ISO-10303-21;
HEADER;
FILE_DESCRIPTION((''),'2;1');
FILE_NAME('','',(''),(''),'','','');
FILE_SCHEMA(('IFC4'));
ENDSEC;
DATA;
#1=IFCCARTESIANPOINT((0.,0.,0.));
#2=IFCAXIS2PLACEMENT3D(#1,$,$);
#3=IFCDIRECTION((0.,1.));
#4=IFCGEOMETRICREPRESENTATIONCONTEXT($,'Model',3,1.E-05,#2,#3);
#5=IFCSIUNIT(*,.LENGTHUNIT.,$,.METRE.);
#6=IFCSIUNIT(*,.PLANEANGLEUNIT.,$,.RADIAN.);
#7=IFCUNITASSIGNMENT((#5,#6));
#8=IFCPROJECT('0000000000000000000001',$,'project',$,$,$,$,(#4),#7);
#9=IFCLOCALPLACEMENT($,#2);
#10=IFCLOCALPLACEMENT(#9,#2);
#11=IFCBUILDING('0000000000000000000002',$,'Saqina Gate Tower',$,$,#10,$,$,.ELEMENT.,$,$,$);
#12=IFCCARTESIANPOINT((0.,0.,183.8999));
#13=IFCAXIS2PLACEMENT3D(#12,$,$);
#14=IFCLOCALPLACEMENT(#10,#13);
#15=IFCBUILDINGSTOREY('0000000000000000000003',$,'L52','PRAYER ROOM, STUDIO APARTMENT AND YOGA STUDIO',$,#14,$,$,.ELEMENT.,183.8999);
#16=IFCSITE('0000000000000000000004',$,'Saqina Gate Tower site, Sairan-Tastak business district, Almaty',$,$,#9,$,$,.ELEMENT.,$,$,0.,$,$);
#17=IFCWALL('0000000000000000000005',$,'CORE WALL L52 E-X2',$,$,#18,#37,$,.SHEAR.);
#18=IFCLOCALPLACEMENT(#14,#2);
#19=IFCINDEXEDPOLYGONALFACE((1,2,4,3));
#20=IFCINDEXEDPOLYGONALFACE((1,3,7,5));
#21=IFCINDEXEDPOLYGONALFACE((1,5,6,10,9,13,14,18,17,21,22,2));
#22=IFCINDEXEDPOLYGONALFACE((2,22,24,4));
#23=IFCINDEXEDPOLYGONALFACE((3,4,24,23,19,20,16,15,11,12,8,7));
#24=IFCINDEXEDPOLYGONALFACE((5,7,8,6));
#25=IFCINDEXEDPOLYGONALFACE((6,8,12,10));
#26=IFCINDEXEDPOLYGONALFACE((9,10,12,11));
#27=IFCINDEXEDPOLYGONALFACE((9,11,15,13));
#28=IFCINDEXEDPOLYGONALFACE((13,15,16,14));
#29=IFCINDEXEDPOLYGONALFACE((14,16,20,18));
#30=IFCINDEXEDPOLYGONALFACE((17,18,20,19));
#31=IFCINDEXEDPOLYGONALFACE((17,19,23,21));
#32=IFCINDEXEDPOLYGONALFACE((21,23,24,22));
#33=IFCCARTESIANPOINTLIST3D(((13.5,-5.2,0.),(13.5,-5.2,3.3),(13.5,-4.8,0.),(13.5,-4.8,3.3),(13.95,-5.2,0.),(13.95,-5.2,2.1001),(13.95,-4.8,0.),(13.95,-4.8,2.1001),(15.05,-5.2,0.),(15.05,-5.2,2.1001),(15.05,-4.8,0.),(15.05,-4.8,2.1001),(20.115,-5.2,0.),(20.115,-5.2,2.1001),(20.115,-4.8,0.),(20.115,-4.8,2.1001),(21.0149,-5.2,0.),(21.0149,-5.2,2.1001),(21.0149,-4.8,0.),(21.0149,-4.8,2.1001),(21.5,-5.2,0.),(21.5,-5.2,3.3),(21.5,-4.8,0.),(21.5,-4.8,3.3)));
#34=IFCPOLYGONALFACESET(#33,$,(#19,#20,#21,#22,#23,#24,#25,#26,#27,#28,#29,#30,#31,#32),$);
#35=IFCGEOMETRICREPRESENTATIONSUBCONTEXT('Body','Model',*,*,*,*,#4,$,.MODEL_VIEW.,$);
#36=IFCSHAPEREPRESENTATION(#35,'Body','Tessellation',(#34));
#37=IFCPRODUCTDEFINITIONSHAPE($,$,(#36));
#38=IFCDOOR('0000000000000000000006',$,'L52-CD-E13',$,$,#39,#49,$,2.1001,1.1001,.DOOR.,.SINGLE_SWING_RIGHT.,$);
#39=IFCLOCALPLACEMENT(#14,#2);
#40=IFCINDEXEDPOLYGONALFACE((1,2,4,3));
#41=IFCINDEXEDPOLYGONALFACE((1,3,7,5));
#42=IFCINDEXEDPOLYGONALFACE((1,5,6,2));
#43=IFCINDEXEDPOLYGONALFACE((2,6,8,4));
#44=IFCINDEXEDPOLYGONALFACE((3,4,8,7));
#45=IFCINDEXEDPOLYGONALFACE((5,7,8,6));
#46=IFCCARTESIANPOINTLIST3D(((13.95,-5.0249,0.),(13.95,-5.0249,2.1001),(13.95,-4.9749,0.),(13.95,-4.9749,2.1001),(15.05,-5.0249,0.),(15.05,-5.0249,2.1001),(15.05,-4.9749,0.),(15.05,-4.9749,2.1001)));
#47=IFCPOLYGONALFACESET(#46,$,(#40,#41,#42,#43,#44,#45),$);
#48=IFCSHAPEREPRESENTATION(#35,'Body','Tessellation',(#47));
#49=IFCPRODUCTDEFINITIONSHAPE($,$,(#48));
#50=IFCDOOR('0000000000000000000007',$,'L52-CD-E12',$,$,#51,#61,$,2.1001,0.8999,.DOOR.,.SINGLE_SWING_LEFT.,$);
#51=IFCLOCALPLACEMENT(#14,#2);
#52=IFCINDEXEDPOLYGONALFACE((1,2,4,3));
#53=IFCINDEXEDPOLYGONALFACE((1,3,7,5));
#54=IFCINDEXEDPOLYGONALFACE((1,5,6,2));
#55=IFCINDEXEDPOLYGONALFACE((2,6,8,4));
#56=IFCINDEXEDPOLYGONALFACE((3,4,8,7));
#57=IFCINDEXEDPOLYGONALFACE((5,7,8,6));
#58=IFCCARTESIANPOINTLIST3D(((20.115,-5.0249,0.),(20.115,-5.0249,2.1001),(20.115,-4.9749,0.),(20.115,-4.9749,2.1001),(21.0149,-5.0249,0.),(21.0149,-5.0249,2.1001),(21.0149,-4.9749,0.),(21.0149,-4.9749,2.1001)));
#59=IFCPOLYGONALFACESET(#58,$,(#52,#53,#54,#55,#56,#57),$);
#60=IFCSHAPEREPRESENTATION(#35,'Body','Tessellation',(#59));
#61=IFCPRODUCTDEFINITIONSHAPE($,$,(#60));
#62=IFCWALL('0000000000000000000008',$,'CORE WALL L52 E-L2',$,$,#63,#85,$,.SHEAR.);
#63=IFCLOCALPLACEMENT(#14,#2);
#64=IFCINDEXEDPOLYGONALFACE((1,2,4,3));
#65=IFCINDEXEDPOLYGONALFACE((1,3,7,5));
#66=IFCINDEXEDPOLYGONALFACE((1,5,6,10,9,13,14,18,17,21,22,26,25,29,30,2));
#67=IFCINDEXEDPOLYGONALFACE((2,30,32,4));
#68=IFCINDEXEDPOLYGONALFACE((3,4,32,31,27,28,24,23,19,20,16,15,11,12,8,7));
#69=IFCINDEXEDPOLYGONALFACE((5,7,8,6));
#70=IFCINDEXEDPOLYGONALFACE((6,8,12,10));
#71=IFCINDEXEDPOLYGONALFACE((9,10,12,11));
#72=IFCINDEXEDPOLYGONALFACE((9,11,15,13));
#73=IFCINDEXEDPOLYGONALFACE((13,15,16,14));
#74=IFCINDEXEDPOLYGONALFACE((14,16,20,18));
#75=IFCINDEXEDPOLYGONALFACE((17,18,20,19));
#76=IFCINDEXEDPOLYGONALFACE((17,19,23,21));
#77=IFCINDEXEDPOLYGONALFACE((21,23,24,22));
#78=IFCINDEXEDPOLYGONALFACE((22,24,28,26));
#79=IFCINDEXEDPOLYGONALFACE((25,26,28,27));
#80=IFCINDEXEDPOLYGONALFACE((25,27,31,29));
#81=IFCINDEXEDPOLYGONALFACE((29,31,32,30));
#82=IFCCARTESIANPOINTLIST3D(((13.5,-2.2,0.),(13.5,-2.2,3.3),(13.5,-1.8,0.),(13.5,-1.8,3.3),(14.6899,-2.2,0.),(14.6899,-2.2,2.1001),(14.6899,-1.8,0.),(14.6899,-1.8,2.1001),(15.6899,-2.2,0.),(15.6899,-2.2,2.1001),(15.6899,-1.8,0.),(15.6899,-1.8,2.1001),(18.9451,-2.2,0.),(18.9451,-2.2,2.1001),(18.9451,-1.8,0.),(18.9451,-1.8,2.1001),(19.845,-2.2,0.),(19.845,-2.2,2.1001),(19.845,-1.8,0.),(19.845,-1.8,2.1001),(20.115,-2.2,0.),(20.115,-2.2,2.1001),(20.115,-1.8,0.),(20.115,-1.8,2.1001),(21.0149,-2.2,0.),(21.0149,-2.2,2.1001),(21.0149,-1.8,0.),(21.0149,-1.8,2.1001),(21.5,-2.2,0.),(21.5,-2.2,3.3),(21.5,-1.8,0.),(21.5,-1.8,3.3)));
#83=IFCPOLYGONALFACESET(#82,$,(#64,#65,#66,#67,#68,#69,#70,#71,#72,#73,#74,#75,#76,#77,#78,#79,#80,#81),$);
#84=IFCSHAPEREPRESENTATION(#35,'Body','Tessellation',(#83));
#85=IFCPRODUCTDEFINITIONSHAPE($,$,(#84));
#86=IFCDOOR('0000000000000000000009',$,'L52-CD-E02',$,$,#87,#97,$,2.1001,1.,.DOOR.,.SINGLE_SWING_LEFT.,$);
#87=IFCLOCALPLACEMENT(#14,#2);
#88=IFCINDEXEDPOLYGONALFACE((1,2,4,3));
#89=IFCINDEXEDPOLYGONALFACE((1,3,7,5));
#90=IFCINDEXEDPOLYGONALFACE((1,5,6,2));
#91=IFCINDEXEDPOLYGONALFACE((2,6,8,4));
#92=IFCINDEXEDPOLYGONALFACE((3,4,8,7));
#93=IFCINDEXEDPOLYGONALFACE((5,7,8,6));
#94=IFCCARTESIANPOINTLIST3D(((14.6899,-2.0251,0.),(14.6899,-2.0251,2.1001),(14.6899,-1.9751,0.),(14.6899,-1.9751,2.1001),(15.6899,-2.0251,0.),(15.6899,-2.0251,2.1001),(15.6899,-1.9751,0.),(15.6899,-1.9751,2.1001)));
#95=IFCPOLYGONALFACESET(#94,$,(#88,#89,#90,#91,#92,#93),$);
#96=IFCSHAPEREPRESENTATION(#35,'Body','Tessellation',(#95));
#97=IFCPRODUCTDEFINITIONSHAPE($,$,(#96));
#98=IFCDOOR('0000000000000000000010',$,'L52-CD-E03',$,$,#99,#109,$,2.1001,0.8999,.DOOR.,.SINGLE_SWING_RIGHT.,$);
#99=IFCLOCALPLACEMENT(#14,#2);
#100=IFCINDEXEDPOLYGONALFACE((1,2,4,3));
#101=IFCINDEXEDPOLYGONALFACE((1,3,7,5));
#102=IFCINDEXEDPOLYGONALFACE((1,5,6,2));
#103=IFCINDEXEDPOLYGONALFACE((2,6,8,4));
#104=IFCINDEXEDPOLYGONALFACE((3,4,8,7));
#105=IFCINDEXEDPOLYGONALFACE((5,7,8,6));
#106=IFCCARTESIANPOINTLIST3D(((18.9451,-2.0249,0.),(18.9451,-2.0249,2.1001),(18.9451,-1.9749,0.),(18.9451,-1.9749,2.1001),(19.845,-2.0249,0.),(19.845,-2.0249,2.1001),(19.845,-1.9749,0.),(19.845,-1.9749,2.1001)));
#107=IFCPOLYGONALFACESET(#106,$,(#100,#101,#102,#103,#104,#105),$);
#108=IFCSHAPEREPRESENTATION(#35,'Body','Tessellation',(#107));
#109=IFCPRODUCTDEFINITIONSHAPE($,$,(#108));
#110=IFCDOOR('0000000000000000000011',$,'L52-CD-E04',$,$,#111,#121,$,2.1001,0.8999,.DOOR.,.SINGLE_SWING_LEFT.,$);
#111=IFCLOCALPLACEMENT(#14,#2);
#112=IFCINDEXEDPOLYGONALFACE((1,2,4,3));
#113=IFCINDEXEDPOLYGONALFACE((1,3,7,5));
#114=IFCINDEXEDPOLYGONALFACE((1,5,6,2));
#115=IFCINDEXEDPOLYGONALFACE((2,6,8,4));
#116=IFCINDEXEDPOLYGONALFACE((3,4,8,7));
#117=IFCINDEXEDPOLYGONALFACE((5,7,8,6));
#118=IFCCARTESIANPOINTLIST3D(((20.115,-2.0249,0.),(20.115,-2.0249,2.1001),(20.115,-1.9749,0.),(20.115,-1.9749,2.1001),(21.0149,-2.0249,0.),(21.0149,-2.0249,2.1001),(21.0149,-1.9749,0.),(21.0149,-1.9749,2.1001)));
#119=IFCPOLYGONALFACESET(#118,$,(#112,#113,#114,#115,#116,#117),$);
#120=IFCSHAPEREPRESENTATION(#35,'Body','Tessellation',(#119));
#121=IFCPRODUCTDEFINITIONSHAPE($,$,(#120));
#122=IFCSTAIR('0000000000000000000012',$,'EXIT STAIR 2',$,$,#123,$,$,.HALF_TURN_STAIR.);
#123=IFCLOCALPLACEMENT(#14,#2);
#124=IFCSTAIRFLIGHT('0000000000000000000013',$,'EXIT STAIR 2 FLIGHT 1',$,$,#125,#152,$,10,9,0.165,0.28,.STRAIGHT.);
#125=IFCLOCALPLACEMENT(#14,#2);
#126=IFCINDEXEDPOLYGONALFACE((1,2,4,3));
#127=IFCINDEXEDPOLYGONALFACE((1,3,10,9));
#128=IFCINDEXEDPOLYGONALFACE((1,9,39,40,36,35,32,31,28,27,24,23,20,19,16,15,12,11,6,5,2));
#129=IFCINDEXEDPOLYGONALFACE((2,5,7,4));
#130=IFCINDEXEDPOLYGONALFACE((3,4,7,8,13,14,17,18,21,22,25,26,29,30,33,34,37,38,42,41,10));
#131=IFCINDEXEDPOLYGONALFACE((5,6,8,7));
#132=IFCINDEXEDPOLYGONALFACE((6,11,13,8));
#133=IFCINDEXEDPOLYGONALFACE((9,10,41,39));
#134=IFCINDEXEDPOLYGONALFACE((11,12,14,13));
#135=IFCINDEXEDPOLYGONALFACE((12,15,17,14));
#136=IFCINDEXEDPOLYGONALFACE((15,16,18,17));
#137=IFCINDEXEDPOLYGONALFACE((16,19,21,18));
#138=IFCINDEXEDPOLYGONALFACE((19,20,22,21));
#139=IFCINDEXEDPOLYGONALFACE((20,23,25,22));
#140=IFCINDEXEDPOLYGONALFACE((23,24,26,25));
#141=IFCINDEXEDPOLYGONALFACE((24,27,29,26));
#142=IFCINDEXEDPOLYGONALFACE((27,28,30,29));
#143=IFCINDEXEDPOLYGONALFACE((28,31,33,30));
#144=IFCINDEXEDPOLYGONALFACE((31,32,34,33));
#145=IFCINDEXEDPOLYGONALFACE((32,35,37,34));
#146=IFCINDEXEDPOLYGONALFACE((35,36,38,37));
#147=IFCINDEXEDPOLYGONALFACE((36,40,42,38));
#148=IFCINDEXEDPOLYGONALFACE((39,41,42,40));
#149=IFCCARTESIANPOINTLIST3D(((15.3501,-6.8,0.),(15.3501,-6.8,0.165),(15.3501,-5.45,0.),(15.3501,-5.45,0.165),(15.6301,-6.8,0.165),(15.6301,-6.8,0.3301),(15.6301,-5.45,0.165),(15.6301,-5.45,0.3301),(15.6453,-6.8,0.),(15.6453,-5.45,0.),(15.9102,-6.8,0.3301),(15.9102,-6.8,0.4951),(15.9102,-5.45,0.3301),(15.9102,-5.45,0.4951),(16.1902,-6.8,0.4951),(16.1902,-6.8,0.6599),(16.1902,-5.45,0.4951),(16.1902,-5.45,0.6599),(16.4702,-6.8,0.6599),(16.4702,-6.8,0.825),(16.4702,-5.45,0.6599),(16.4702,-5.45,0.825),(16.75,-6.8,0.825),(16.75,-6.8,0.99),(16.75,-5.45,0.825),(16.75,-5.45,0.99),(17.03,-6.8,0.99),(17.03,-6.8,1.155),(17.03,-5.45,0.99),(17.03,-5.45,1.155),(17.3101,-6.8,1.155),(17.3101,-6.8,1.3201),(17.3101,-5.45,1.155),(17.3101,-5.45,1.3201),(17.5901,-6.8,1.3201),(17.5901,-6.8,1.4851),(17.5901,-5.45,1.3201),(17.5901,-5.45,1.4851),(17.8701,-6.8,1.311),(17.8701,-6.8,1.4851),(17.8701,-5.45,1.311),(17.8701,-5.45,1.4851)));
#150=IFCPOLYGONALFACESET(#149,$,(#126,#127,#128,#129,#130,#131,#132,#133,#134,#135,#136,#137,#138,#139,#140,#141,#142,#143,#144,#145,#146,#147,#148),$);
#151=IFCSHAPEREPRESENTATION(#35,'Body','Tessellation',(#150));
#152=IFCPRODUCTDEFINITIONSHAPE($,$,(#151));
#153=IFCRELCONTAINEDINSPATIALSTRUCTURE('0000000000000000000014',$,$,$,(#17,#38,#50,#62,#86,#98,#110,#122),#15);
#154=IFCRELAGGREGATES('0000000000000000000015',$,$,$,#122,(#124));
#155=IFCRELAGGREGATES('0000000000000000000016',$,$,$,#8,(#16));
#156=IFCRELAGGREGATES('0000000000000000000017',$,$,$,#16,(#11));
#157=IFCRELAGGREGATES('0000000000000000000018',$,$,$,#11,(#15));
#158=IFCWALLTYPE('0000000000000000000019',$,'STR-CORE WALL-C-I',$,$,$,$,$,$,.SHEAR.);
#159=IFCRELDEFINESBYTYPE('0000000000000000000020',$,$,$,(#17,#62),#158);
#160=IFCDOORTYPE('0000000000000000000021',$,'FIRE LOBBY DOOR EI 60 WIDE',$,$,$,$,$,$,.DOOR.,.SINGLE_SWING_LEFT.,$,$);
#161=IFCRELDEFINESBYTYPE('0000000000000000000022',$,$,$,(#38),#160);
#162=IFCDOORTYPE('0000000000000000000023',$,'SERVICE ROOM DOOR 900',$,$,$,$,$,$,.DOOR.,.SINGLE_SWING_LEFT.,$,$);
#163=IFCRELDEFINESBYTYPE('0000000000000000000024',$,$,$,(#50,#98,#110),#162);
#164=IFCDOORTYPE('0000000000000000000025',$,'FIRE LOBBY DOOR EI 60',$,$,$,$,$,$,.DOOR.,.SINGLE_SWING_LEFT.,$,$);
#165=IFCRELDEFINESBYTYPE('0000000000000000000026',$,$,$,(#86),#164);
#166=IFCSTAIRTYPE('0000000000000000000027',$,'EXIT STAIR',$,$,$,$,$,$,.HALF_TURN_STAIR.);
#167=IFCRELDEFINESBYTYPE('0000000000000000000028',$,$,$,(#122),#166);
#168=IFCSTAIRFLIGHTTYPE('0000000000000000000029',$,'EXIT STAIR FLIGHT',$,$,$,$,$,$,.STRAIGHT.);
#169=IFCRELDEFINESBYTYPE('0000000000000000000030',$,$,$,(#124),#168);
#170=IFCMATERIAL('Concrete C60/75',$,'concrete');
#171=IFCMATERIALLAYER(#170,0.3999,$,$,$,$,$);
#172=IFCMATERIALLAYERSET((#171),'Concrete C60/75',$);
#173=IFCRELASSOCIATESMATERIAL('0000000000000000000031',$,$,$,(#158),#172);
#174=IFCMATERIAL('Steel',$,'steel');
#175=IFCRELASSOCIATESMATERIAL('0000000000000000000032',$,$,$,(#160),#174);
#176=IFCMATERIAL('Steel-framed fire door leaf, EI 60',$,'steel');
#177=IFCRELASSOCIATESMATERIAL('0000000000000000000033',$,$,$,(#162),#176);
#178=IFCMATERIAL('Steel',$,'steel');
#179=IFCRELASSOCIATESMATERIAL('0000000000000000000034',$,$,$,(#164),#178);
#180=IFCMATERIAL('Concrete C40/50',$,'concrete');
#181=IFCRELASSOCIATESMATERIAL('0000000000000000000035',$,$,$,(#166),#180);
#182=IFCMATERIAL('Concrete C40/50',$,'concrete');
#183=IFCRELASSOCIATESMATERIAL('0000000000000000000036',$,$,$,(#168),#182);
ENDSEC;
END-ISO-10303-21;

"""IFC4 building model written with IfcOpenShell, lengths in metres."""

from ifc_helpers import new_model, si_unit, direction, frame, frame_2d, origin, place, context, subcontext, project, spatial, polyline, rectangle, outline, extrude, material, layer, layer_set, type_object, element, fill, aggregate, save


model = new_model("IFC4")

# Units and contexts
model_context = context("Model", 3, precision=1e-05, world=origin(), true_north=direction((0.0, 1.0)))
body_context = subcontext(model_context, "Body", "Model", "MODEL_VIEW")
ifc_project = project(units=[si_unit("LENGTHUNIT", "METRE"), si_unit("PLANEANGLEUNIT", "RADIAN")], contexts=[model_context])

# Site, building, storey
site_placement = place(None, origin())
site = spatial("IfcSite", under=ifc_project, at=site_placement, Name="Saqina Gate Tower site, Sairan-Tastak business district, Almaty", CompositionType="ELEMENT", RefElevation=0.0)
building_placement = place(site_placement, origin())
building = spatial("IfcBuilding", under=site, at=building_placement, Name="Saqina Gate Tower", CompositionType="ELEMENT")
storey_placement = place(building_placement, frame((0.0, 0.0, 183.8999)))
storey = spatial("IfcBuildingStorey", under=building, at=storey_placement, Name="L52", Description="PRAYER ROOM, STUDIO APARTMENT AND YOGA STUDIO", CompositionType="ELEMENT", Elevation=183.8999)

# Walls, openings, doors
ifc_material_1 = material(Name="Concrete C60/75", Category="concrete")
ifc_layer_1 = layer(ifc_material_1, 0.3999)
ifc_layer_set_1 = layer_set([ifc_layer_1], Name="Concrete C60/75")
wall_type_1 = type_object("IfcWallType", Name="STR-CORE WALL-C-I", PredefinedType="SHEAR", material=ifc_layer_set_1)
wall_1_placement = place(storey_placement, frame((13.5, -5.0, 0.0), z_axis=(0.0, 0.0, 1.0), x_axis=(1.0, 0.0, 0.0)))
wall_1 = element("IfcWall", 1, at=wall_1_placement, inside=storey, type_object=wall_type_1, Name="CORE WALL L52 E-X2", PredefinedType="SHEAR", context=body_context, shape_type="SweptSolid", body=[
    extrude(rectangle(XDim=8.0, YDim=0.3999, at=frame_2d((4.0, 0.0))), origin(), (0.0, 0.0, 1.0), 3.3),
])
opening_1_placement = place(wall_1_placement, frame((6.615, 0.0, 0.0)))
opening_1 = element("IfcOpeningElement", 2, at=opening_1_placement, cuts=wall_1, PredefinedType="OPENING", context=body_context, shape_type="SweptSolid", body=[
    extrude(rectangle(XDim=0.8999, YDim=2.1001, at=frame_2d((0.45, 1.05))), frame((0.0, 0.2119, 0.0), z_axis=(0.0, -1.0, 0.0), x_axis=(1.0, 0.0, 0.0)), (0.0, 0.0, 1.0), 0.4238),
])
opening_2_placement = place(wall_1_placement, frame((0.45, 0.0, 0.0)))
opening_2 = element("IfcOpeningElement", 3, at=opening_2_placement, cuts=wall_1, PredefinedType="OPENING", context=body_context, shape_type="SweptSolid", body=[
    extrude(rectangle(XDim=1.1001, YDim=2.1001, at=frame_2d((0.55, 1.05))), frame((0.0, 0.2119, 0.0), z_axis=(0.0, -1.0, 0.0), x_axis=(1.0, 0.0, 0.0)), (0.0, 0.0, 1.0), 0.4238),
])
ifc_material_2 = material(Name="Steel", Category="steel")
door_type_1 = type_object("IfcDoorType", Name="FIRE LOBBY DOOR EI 60 WIDE", OperationType="SINGLE_SWING_LEFT", PredefinedType="DOOR", material=ifc_material_2)
door_1_placement = place(opening_2_placement, frame((1.1001, 0.0, 0.0), z_axis=(0.0, 0.0, 1.0), x_axis=(-1.0, 0.0, 0.0)))
door_1 = element("IfcDoor", 4, at=door_1_placement, inside=storey, type_object=door_type_1, Name="L52-CD-E13", OperationType="SINGLE_SWING_RIGHT", OverallHeight=2.1001, OverallWidth=1.1001, PredefinedType="DOOR", context=body_context, shape_type="SweptSolid", body=[
    extrude(rectangle(XDim=1.1001, YDim=2.1001, at=frame_2d((0.55, 1.05))), frame((0.0, 0.0249, 0.0), z_axis=(0.0, -1.0, 0.0), x_axis=(1.0, 0.0, 0.0)), (0.0, 0.0, 1.0), 0.05),
])
fill(opening_2, door_1)
ifc_material_3 = material(Name="Steel-framed fire door leaf, EI 60", Category="steel")
door_type_2 = type_object("IfcDoorType", Name="SERVICE ROOM DOOR 900", OperationType="SINGLE_SWING_LEFT", PredefinedType="DOOR", material=ifc_material_3)
door_2_placement = place(opening_1_placement, frame((0.8999, 0.0, 0.0), z_axis=(0.0, 0.0, 1.0), x_axis=(-1.0, 0.0, 0.0)))
door_2 = element("IfcDoor", 5, at=door_2_placement, inside=storey, type_object=door_type_2, Name="L52-CD-E12", OperationType="SINGLE_SWING_LEFT", OverallHeight=2.1001, OverallWidth=0.8999, PredefinedType="DOOR", context=body_context, shape_type="SweptSolid", body=[
    extrude(rectangle(XDim=0.8999, YDim=2.1001, at=frame_2d((0.45, 1.05))), frame((0.0, 0.0249, 0.0), z_axis=(0.0, -1.0, 0.0), x_axis=(1.0, 0.0, 0.0)), (0.0, 0.0, 1.0), 0.05),
])
fill(opening_1, door_2)
wall_2_placement = place(storey_placement, frame((13.5, -2.0, 0.0), z_axis=(0.0, 0.0, 1.0), x_axis=(1.0, 0.0, 0.0)))
wall_2 = element("IfcWall", 6, at=wall_2_placement, inside=storey, type_object=wall_type_1, Name="CORE WALL L52 E-L2", PredefinedType="SHEAR", context=body_context, shape_type="SweptSolid", body=[
    extrude(rectangle(XDim=8.0, YDim=0.3999, at=frame_2d((4.0, 0.0))), origin(), (0.0, 0.0, 1.0), 3.3),
])
opening_3_placement = place(wall_2_placement, frame((1.1899, 0.0, 0.0)))
opening_3 = element("IfcOpeningElement", 7, at=opening_3_placement, cuts=wall_2, PredefinedType="OPENING", context=body_context, shape_type="SweptSolid", body=[
    extrude(rectangle(XDim=1.0, YDim=2.1001, at=frame_2d((0.5, 1.05))), frame((0.0, 0.2119, 0.0), z_axis=(0.0, -1.0, 0.0), x_axis=(1.0, 0.0, 0.0)), (0.0, 0.0, 1.0), 0.4238),
])
opening_4_placement = place(wall_2_placement, frame((5.4451, 0.0, 0.0)))
opening_4 = element("IfcOpeningElement", 8, at=opening_4_placement, cuts=wall_2, PredefinedType="OPENING", context=body_context, shape_type="SweptSolid", body=[
    extrude(rectangle(XDim=0.8999, YDim=2.1001, at=frame_2d((0.45, 1.05))), frame((0.0, 0.2119, 0.0), z_axis=(0.0, -1.0, 0.0), x_axis=(1.0, 0.0, 0.0)), (0.0, 0.0, 1.0), 0.4238),
])
opening_5_placement = place(wall_2_placement, frame((6.615, 0.0, 0.0)))
opening_5 = element("IfcOpeningElement", 9, at=opening_5_placement, cuts=wall_2, PredefinedType="OPENING", context=body_context, shape_type="SweptSolid", body=[
    extrude(rectangle(XDim=0.8999, YDim=2.1001, at=frame_2d((0.45, 1.05))), frame((0.0, 0.2119, 0.0), z_axis=(0.0, -1.0, 0.0), x_axis=(1.0, 0.0, 0.0)), (0.0, 0.0, 1.0), 0.4238),
])
ifc_material_4 = material(Name="Steel", Category="steel")
door_type_3 = type_object("IfcDoorType", Name="FIRE LOBBY DOOR EI 60", OperationType="SINGLE_SWING_LEFT", PredefinedType="DOOR", material=ifc_material_4)
door_3_placement = place(opening_3_placement, origin())
door_3 = element("IfcDoor", 10, at=door_3_placement, inside=storey, type_object=door_type_3, Name="L52-CD-E02", OperationType="SINGLE_SWING_LEFT", OverallHeight=2.1001, OverallWidth=1.0, PredefinedType="DOOR", context=body_context, shape_type="SweptSolid", body=[
    extrude(rectangle(XDim=1.0, YDim=2.1001, at=frame_2d((0.5, 1.05))), frame((0.0, 0.0249, 0.0), z_axis=(0.0, -1.0, 0.0), x_axis=(1.0, 0.0, 0.0)), (0.0, 0.0, 1.0), 0.05),
])
fill(opening_3, door_3)
door_4_placement = place(opening_4_placement, frame((0.8999, 0.0, 0.0), z_axis=(0.0, 0.0, 1.0), x_axis=(-1.0, 0.0, 0.0)))
door_4 = element("IfcDoor", 11, at=door_4_placement, inside=storey, type_object=door_type_2, Name="L52-CD-E03", OperationType="SINGLE_SWING_RIGHT", OverallHeight=2.1001, OverallWidth=0.8999, PredefinedType="DOOR", context=body_context, shape_type="SweptSolid", body=[
    extrude(rectangle(XDim=0.8999, YDim=2.1001, at=frame_2d((0.45, 1.05))), frame((0.0, 0.0249, 0.0), z_axis=(0.0, -1.0, 0.0), x_axis=(1.0, 0.0, 0.0)), (0.0, 0.0, 1.0), 0.05),
])
fill(opening_4, door_4)
door_5_placement = place(opening_5_placement, frame((0.8999, 0.0, 0.0), z_axis=(0.0, 0.0, 1.0), x_axis=(-1.0, 0.0, 0.0)))
door_5 = element("IfcDoor", 12, at=door_5_placement, inside=storey, type_object=door_type_2, Name="L52-CD-E04", OperationType="SINGLE_SWING_LEFT", OverallHeight=2.1001, OverallWidth=0.8999, PredefinedType="DOOR", context=body_context, shape_type="SweptSolid", body=[
    extrude(rectangle(XDim=0.8999, YDim=2.1001, at=frame_2d((0.45, 1.05))), frame((0.0, 0.0249, 0.0), z_axis=(0.0, -1.0, 0.0), x_axis=(1.0, 0.0, 0.0)), (0.0, 0.0, 1.0), 0.05),
])
fill(opening_5, door_5)

# Stair, stair flight
ifc_material_5 = material(Name="Concrete C40/50", Category="concrete")
stair_type = type_object("IfcStairType", Name="EXIT STAIR", PredefinedType="HALF_TURN_STAIR", material=ifc_material_5)
stair_placement = place(storey_placement, origin())
stair = element("IfcStair", 13, at=stair_placement, inside=storey, type_object=stair_type, Name="EXIT STAIR 2", PredefinedType="HALF_TURN_STAIR")
ifc_material_6 = material(Name="Concrete C40/50", Category="concrete")
stair_flight_type = type_object("IfcStairFlightType", Name="EXIT STAIR FLIGHT", PredefinedType="STRAIGHT", material=ifc_material_6)
stair_flight_1_placement = place(storey_placement, frame((15.3501, -6.125, 0.0), z_axis=(0.0, 0.0, 1.0), x_axis=(1.0, 0.0, 0.0)))
stair_flight_1 = element("IfcStairFlight", 14, at=stair_flight_1_placement, type_object=stair_flight_type, Name="EXIT STAIR 2 FLIGHT 1", NumberOfRisers=10, NumberOfTreads=9, PredefinedType="STRAIGHT", RiserHeight=0.165, TreadLength=0.28, context=body_context, shape_type="SweptSolid", body=[
    extrude(outline(polyline([(0.0, 0.0), (0.0, 0.165), (0.28, 0.165), (0.28, 0.3301), (0.5601, 0.3301), (0.5601, 0.4951), (0.8401, 0.4951), (0.8401, 0.6599), (1.1201, 0.6599), (1.1201, 0.825), (1.3999, 0.825), (1.3999, 0.99), (1.6799, 0.99), (1.6799, 1.155), (1.96, 1.155), (1.96, 1.3201), (2.24, 1.3201), (2.24, 1.4851), (2.52, 1.4851), (2.52, 1.6499), (2.52, 1.311), (0.2952, 0.0), (0.0, 0.0)])), frame((0.0, 0.675, 0.0), z_axis=(0.0, -1.0, 0.0), x_axis=(1.0, 0.0, 0.0)), (0.0, 0.0, 1.0), 1.3501),
])
aggregate(stair, [stair_flight_1])

save(model, "model.ifc")
